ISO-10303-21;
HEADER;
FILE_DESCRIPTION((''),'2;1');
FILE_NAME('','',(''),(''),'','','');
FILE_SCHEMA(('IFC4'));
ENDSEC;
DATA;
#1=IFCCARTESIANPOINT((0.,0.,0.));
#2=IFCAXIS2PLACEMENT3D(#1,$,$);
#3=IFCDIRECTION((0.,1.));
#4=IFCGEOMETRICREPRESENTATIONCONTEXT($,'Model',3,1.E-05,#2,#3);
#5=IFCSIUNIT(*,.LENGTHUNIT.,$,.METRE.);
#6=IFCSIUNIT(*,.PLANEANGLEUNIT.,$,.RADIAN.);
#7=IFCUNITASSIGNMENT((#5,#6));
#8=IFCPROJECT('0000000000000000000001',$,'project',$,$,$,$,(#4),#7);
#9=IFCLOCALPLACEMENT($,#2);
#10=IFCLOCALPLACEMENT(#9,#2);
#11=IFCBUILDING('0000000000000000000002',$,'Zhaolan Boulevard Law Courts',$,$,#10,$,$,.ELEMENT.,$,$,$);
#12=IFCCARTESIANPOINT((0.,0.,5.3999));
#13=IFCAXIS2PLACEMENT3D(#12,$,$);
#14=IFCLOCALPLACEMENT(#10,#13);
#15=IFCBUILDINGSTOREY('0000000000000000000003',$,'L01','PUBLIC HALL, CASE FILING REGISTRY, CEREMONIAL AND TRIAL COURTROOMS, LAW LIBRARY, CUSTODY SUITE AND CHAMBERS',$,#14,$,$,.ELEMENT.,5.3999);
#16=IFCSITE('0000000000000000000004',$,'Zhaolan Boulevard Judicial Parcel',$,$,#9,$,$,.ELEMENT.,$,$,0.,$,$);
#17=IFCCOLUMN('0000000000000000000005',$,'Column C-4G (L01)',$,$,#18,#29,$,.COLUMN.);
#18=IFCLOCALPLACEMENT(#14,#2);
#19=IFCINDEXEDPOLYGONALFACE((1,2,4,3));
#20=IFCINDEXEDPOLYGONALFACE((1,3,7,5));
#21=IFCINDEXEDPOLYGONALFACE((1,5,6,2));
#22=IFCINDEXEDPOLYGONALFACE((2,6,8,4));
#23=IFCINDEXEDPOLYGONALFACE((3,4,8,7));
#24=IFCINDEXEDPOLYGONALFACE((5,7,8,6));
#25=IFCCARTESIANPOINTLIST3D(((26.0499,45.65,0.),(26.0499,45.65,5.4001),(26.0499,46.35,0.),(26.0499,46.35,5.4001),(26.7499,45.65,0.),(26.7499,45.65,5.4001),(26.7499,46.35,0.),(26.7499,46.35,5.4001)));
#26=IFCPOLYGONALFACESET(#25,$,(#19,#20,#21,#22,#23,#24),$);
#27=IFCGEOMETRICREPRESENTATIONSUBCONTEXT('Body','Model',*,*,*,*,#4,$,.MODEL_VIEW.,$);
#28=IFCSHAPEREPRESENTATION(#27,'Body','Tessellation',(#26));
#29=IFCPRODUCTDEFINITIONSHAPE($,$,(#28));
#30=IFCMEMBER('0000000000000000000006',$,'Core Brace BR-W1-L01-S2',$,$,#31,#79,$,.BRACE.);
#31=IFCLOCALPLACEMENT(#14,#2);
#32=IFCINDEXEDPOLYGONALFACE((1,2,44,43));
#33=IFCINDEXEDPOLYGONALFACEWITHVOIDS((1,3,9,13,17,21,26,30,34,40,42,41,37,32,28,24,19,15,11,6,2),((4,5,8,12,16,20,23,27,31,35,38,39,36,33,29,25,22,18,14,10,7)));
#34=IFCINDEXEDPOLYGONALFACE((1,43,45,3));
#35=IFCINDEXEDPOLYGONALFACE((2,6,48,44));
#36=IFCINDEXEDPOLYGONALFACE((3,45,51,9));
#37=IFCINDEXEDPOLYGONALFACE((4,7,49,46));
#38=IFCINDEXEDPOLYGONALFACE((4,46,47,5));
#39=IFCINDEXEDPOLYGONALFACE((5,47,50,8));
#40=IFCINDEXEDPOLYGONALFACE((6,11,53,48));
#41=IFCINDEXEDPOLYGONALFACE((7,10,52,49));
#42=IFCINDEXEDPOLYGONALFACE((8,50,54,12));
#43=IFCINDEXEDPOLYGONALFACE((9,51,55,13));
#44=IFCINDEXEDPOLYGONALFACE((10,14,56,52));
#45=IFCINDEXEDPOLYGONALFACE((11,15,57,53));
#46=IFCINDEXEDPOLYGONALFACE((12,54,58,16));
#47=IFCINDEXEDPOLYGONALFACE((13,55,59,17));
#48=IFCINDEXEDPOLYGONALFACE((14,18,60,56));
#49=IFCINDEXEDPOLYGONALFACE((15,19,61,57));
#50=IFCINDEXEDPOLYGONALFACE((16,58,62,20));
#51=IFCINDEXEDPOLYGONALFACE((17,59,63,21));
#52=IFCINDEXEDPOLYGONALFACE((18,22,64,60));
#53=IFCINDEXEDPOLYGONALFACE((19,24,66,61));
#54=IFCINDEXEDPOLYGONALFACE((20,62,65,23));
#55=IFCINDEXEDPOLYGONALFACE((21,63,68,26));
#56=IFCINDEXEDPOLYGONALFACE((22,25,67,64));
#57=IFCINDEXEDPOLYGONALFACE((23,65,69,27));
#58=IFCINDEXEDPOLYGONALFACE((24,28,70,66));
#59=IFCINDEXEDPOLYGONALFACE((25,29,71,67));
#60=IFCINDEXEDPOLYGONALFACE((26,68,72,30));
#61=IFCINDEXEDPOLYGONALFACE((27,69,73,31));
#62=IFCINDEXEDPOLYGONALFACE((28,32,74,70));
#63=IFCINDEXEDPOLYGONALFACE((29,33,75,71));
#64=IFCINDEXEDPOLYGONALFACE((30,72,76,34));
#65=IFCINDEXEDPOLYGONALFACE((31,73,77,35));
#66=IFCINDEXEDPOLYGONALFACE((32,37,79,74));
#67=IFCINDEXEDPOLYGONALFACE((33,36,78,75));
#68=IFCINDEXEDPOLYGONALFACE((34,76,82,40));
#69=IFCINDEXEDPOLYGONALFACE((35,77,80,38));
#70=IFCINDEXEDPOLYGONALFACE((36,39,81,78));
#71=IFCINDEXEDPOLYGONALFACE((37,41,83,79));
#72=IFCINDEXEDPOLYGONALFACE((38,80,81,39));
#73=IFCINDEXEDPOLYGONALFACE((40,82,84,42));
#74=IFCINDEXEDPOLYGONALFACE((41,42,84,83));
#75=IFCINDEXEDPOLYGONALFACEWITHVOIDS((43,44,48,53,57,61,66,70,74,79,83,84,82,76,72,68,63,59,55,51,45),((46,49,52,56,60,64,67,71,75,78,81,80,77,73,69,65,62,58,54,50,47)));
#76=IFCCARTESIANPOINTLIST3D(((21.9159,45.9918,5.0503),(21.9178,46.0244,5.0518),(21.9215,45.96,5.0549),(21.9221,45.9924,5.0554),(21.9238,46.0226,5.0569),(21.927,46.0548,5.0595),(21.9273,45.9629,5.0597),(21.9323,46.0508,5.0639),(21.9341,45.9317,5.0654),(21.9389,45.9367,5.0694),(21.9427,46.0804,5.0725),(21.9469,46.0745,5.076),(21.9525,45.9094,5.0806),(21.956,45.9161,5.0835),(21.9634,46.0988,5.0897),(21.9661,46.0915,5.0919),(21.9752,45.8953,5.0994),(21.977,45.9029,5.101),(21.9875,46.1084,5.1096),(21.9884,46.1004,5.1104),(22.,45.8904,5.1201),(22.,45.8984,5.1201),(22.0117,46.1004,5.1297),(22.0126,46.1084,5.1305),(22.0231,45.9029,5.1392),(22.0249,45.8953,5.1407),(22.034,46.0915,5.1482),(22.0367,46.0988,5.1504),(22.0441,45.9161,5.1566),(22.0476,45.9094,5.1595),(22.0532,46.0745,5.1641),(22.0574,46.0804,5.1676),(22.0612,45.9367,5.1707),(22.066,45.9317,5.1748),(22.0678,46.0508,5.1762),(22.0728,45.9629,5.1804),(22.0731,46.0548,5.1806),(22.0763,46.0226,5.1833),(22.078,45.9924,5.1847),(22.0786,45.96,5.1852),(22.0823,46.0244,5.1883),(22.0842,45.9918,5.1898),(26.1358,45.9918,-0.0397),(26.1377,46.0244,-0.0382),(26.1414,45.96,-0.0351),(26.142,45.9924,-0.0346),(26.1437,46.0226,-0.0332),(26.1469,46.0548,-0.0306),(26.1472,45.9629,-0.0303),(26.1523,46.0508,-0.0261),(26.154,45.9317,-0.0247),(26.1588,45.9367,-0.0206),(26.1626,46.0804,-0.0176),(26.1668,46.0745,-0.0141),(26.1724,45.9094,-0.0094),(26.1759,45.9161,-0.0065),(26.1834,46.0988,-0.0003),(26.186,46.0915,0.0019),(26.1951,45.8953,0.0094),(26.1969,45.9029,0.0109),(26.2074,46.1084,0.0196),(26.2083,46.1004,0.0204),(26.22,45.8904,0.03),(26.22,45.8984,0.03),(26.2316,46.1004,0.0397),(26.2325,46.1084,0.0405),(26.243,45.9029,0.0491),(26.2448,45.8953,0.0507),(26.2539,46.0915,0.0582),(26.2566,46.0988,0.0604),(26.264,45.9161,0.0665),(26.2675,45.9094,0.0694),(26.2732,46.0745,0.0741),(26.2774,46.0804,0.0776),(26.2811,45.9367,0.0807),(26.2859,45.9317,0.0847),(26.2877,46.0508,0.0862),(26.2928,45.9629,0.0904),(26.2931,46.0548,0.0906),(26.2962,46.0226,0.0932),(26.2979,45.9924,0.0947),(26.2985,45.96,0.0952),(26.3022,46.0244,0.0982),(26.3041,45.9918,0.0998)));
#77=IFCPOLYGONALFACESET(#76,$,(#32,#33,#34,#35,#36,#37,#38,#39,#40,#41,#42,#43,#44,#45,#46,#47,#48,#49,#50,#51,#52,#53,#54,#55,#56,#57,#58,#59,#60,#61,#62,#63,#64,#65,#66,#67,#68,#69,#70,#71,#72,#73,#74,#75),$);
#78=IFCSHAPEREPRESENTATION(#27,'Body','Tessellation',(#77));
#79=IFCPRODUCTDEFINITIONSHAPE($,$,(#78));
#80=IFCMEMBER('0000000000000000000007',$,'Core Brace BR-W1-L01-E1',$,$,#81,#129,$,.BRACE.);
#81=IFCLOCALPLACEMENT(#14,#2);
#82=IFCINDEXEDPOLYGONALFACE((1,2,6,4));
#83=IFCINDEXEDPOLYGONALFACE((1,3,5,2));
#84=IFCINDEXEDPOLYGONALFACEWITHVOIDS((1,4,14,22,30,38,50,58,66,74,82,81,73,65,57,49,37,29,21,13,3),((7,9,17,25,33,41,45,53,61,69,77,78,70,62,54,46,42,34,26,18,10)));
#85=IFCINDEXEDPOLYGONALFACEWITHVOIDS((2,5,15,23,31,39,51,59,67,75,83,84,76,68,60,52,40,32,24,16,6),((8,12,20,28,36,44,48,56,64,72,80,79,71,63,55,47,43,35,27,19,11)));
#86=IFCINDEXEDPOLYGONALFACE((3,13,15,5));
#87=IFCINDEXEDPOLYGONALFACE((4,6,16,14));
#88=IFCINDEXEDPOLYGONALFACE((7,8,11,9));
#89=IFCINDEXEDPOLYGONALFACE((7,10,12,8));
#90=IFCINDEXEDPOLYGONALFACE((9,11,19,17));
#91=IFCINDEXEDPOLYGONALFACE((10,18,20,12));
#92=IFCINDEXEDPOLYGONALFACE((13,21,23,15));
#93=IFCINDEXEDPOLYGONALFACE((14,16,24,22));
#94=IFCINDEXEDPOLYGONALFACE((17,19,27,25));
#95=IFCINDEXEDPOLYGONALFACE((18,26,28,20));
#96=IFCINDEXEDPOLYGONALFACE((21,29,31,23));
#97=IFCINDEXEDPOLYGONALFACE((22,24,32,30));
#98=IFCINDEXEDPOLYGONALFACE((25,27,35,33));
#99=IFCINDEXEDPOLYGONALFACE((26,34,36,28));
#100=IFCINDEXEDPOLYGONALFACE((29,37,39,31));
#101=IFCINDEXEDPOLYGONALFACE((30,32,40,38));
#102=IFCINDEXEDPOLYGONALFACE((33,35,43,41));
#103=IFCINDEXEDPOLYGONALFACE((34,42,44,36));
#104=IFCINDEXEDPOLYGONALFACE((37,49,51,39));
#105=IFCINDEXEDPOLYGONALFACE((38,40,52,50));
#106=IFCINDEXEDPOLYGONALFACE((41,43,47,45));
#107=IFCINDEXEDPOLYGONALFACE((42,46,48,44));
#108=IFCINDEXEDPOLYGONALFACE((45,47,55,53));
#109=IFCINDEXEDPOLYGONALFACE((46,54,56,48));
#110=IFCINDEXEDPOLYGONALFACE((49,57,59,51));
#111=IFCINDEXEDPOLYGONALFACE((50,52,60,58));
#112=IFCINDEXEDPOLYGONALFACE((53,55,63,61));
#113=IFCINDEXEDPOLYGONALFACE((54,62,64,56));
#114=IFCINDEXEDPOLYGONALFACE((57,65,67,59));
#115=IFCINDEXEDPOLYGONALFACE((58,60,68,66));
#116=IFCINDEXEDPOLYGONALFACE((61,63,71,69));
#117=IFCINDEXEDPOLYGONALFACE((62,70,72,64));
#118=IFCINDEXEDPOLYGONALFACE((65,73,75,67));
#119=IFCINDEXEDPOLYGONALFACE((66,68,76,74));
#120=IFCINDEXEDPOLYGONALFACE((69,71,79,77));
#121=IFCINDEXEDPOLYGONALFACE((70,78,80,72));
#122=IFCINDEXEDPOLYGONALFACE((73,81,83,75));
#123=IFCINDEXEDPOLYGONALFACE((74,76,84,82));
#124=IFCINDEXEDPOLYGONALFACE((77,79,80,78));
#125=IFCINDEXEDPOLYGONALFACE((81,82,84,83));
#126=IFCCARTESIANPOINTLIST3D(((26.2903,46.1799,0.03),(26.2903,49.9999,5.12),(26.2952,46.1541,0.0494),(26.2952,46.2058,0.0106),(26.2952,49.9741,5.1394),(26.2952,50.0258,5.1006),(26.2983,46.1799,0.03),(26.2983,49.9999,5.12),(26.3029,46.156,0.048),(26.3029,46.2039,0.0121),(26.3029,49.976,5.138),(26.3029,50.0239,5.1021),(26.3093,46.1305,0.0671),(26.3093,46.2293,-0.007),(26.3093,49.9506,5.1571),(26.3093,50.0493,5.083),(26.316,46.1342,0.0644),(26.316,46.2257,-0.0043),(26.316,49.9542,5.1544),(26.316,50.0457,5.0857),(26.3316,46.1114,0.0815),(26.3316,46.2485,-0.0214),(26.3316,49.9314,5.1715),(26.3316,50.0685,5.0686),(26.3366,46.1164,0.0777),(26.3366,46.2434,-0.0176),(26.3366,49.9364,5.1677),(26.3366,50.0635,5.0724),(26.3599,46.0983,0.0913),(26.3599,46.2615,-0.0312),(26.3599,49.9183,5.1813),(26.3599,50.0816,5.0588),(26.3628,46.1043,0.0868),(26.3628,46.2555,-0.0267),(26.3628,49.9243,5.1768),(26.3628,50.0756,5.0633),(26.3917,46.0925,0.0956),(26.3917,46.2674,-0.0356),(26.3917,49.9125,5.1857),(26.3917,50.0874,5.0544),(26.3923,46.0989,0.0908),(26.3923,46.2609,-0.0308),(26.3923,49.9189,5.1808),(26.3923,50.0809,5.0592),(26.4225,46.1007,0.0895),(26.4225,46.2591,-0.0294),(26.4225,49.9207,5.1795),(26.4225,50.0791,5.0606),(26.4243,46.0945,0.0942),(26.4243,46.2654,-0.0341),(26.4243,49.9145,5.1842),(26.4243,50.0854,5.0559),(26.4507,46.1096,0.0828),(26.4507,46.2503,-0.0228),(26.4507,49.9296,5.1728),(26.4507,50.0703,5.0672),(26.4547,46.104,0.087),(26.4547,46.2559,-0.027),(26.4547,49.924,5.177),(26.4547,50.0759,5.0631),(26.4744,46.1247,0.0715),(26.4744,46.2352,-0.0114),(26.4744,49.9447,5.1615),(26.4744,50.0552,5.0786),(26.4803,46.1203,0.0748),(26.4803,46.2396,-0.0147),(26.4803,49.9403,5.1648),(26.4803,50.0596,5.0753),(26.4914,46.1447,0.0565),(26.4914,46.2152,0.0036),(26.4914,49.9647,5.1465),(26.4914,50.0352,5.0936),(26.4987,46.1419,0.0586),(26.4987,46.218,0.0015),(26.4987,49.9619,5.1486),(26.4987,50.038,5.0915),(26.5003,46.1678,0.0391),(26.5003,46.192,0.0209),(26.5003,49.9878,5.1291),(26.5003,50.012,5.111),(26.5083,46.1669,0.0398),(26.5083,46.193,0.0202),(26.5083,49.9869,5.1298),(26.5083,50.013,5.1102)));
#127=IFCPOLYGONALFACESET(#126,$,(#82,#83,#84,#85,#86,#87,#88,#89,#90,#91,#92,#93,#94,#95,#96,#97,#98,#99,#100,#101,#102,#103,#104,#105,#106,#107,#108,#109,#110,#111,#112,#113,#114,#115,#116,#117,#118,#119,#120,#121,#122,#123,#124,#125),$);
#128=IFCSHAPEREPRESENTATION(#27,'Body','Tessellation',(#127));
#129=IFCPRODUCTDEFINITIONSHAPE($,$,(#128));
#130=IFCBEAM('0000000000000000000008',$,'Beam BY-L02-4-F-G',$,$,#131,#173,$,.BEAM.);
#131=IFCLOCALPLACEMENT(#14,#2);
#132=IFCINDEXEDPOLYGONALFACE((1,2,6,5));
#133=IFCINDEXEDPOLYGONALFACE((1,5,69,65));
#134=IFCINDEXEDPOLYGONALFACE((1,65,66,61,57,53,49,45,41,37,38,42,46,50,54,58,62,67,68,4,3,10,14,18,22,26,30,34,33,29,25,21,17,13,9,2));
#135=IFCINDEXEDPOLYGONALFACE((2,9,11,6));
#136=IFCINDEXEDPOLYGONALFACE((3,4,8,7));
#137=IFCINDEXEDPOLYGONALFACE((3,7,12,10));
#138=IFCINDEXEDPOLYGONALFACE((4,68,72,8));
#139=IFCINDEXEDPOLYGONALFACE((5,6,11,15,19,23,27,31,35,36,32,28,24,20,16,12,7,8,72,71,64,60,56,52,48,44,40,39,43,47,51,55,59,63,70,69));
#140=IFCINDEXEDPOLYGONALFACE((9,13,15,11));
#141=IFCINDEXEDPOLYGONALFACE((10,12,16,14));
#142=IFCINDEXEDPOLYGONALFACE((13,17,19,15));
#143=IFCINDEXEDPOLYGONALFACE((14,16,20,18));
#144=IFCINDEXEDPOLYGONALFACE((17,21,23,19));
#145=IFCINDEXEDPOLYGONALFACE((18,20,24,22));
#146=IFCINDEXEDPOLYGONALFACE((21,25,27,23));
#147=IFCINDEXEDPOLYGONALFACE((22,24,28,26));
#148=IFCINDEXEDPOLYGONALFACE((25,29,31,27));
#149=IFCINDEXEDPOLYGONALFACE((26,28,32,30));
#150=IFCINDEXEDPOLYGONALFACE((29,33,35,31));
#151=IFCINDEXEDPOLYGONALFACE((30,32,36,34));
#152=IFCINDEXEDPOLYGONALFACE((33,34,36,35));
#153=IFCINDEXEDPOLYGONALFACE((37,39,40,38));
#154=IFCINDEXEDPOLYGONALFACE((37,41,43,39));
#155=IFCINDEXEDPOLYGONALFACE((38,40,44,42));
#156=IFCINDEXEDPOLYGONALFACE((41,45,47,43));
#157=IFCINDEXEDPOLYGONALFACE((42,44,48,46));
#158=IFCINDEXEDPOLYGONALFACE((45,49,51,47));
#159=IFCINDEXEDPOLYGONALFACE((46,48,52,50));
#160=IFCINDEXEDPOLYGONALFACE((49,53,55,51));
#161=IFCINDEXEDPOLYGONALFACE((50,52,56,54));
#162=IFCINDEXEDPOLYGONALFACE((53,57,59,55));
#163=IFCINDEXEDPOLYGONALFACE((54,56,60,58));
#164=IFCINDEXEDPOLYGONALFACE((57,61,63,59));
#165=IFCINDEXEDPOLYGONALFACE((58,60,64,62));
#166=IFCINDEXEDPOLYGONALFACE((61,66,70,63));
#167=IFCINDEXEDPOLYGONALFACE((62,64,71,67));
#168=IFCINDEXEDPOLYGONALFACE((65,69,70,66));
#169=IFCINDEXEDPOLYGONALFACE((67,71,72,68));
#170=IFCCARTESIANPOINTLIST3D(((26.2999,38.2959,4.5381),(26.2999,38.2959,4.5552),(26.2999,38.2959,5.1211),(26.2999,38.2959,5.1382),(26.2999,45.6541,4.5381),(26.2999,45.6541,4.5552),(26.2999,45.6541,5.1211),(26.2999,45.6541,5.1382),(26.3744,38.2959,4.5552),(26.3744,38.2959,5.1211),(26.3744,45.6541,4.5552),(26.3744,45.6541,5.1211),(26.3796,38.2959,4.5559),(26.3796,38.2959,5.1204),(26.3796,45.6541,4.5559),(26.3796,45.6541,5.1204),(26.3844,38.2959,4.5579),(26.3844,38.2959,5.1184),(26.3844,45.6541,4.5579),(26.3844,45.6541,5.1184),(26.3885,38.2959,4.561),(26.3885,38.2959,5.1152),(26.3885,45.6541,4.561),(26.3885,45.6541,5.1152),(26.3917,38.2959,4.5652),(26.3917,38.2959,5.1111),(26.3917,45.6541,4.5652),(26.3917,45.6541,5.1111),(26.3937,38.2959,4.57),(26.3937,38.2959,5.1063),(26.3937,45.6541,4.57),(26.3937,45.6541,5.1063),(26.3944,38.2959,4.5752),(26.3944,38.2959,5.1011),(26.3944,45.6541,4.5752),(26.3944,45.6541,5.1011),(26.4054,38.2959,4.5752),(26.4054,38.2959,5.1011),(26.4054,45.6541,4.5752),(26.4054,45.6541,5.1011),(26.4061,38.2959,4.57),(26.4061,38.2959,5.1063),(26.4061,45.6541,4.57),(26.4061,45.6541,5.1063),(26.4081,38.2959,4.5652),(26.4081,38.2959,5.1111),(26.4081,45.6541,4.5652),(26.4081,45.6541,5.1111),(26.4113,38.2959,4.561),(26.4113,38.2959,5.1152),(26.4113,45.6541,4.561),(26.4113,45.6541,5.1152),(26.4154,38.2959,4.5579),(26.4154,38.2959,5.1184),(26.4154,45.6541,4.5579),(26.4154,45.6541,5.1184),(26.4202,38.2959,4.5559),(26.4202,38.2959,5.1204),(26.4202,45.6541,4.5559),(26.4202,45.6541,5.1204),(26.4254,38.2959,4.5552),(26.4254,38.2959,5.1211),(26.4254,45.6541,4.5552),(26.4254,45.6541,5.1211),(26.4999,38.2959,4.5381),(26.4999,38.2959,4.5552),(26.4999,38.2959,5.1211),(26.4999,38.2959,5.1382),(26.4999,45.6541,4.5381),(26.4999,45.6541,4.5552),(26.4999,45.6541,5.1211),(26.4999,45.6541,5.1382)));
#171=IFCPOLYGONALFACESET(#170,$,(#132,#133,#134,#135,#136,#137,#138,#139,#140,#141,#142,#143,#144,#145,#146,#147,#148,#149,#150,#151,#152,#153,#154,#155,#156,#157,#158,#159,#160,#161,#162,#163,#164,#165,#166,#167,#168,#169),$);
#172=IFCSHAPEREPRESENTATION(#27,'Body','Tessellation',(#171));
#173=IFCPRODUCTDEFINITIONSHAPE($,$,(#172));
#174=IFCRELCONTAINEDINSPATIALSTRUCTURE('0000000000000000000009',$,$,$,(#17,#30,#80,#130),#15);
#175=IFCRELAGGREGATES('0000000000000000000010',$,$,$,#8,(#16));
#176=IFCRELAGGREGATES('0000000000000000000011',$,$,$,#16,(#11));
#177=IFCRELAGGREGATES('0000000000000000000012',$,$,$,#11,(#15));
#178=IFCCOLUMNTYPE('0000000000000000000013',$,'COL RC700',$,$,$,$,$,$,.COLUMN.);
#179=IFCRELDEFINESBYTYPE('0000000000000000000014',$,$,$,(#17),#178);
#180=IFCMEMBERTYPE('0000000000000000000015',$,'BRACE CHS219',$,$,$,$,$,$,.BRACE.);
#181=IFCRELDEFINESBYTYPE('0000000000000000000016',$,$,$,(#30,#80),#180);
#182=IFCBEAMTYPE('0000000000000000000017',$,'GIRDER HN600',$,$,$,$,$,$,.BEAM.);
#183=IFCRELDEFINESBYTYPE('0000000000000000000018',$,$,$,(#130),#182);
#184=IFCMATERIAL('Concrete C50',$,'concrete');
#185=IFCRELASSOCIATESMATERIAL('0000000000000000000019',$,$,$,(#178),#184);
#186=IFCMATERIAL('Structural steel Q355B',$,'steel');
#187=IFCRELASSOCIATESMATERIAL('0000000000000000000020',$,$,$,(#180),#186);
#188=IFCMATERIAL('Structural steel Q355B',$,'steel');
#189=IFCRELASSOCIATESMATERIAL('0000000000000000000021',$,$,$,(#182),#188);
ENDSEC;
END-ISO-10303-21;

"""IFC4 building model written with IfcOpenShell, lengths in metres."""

from ifc_helpers import new_model, si_unit, direction, frame, origin, origin_2d, place, context, subcontext, project, spatial, rectangle, hollow_circle, i_section, extrude, material, material_profile, profile_set, type_object, element, save


model = new_model("IFC4")

# Units and contexts
model_context = context("Model", 3, precision=1e-05, world=origin(), true_north=direction((0.0, 1.0)))
body_context = subcontext(model_context, "Body", "Model", "MODEL_VIEW")
ifc_project = project(units=[si_unit("LENGTHUNIT", "METRE"), si_unit("PLANEANGLEUNIT", "RADIAN")], contexts=[model_context])

# Site, building, storey
site_placement = place(None, origin())
site = spatial("IfcSite", under=ifc_project, at=site_placement, Name="Zhaolan Boulevard Judicial Parcel", CompositionType="ELEMENT", RefElevation=0.0)
building_placement = place(site_placement, origin())
building = spatial("IfcBuilding", under=site, at=building_placement, Name="Zhaolan Boulevard Law Courts", CompositionType="ELEMENT")
storey_placement = place(building_placement, frame((0.0, 0.0, 5.3999)))
storey = spatial("IfcBuildingStorey", under=building, at=storey_placement, Name="L01", Description="PUBLIC HALL, CASE FILING REGISTRY, CEREMONIAL AND TRIAL COURTROOMS, LAW LIBRARY, CUSTODY SUITE AND CHAMBERS", CompositionType="ELEMENT", Elevation=5.3999)

# Column
ifc_material_1 = material(Name="Concrete C50", Category="concrete")
ifc_material_profile_1 = material_profile(ifc_material_1, rectangle(XDim=0.7, YDim=0.7, at=origin_2d()), Name="RC700x700")
ifc_profile_set_1 = profile_set([ifc_material_profile_1], Name="Concrete C50")
column_type = type_object("IfcColumnType", Name="COL RC700", PredefinedType="COLUMN", material=ifc_profile_set_1)
column_placement = place(storey_placement, frame((26.3999, 46.0, 0.0), z_axis=(0.0, 0.0, 1.0), x_axis=(1.0, 0.0, 0.0)))
element("IfcColumn", 1, at=column_placement, inside=storey, type_object=column_type, Name="Column C-4G (L01)", PredefinedType="COLUMN", context=body_context, shape_type="SweptSolid", body=[
    extrude(rectangle(XDim=0.7, YDim=0.7, at=origin_2d()), origin(), (0.0, 0.0, 1.0), 5.4001),
])

# Members
ifc_material_2 = material(Name="Structural steel Q355B", Category="steel")
ifc_material_profile_2 = material_profile(ifc_material_2, hollow_circle(Radius=0.1096, WallThickness=0.0081, at=origin_2d()), Name="CHS219x8")
ifc_profile_set_2 = profile_set([ifc_material_profile_2], Name="Structural steel Q355B")
member_type = type_object("IfcMemberType", Name="BRACE CHS219", PredefinedType="BRACE", material=ifc_profile_set_2)
member_1_placement = place(storey_placement, frame((26.22, 46.0, 0.03), z_axis=(-0.638239, 0.0, 0.769838), x_axis=(0.0, -1.0, 0.0)))
element("IfcMember", 2, at=member_1_placement, inside=storey, type_object=member_type, Name="Core Brace BR-W1-L01-S2", PredefinedType="BRACE", context=body_context, shape_type="SweptSolid", body=[
    extrude(hollow_circle(Radius=0.1096, WallThickness=0.0081, at=origin_2d()), origin(), (0.0, 0.0, 1.0), 6.6118),
])
member_2_placement = place(storey_placement, frame((26.3999, 46.1799, 0.03), z_axis=(0.0, 0.600252, 0.799811), x_axis=(-1.0, 0.0, 0.0)))
element("IfcMember", 3, at=member_2_placement, inside=storey, type_object=member_type, Name="Core Brace BR-W1-L01-E1", PredefinedType="BRACE", context=body_context, shape_type="SweptSolid", body=[
    extrude(hollow_circle(Radius=0.1096, WallThickness=0.0081, at=origin_2d()), origin(), (0.0, 0.0, 1.0), 6.364),
])

# Beam
ifc_material_3 = material(Name="Structural steel Q355B", Category="steel")
ifc_material_profile_3 = material_profile(ifc_material_3, i_section(OverallWidth=0.2, OverallDepth=0.6001, WebThickness=0.011, FlangeThickness=0.0171, FilletRadius=0.02, at=origin_2d()), Name="HN600x200")
ifc_profile_set_3 = profile_set([ifc_material_profile_3], Name="Structural steel Q355B")
beam_type_1 = type_object("IfcBeamType", Name="GIRDER HN600", PredefinedType="BEAM", material=ifc_profile_set_3)
beam_1_placement = place(storey_placement, frame((26.3999, 38.2959, 4.8381), z_axis=(0.0, 1.0, 0.0), x_axis=(-1.0, 0.0, 0.0)))
element("IfcBeam", 4, at=beam_1_placement, inside=storey, type_object=beam_type_1, Name="Beam BY-L02-4-F-G", PredefinedType="BEAM", context=body_context, shape_type="SweptSolid", body=[
    extrude(i_section(OverallWidth=0.2, OverallDepth=0.6001, WebThickness=0.011, FlangeThickness=0.0171, FilletRadius=0.02, at=origin_2d()), origin(), (0.0, 0.0, 1.0), 7.3582),
])

save(model, "model.ifc")
